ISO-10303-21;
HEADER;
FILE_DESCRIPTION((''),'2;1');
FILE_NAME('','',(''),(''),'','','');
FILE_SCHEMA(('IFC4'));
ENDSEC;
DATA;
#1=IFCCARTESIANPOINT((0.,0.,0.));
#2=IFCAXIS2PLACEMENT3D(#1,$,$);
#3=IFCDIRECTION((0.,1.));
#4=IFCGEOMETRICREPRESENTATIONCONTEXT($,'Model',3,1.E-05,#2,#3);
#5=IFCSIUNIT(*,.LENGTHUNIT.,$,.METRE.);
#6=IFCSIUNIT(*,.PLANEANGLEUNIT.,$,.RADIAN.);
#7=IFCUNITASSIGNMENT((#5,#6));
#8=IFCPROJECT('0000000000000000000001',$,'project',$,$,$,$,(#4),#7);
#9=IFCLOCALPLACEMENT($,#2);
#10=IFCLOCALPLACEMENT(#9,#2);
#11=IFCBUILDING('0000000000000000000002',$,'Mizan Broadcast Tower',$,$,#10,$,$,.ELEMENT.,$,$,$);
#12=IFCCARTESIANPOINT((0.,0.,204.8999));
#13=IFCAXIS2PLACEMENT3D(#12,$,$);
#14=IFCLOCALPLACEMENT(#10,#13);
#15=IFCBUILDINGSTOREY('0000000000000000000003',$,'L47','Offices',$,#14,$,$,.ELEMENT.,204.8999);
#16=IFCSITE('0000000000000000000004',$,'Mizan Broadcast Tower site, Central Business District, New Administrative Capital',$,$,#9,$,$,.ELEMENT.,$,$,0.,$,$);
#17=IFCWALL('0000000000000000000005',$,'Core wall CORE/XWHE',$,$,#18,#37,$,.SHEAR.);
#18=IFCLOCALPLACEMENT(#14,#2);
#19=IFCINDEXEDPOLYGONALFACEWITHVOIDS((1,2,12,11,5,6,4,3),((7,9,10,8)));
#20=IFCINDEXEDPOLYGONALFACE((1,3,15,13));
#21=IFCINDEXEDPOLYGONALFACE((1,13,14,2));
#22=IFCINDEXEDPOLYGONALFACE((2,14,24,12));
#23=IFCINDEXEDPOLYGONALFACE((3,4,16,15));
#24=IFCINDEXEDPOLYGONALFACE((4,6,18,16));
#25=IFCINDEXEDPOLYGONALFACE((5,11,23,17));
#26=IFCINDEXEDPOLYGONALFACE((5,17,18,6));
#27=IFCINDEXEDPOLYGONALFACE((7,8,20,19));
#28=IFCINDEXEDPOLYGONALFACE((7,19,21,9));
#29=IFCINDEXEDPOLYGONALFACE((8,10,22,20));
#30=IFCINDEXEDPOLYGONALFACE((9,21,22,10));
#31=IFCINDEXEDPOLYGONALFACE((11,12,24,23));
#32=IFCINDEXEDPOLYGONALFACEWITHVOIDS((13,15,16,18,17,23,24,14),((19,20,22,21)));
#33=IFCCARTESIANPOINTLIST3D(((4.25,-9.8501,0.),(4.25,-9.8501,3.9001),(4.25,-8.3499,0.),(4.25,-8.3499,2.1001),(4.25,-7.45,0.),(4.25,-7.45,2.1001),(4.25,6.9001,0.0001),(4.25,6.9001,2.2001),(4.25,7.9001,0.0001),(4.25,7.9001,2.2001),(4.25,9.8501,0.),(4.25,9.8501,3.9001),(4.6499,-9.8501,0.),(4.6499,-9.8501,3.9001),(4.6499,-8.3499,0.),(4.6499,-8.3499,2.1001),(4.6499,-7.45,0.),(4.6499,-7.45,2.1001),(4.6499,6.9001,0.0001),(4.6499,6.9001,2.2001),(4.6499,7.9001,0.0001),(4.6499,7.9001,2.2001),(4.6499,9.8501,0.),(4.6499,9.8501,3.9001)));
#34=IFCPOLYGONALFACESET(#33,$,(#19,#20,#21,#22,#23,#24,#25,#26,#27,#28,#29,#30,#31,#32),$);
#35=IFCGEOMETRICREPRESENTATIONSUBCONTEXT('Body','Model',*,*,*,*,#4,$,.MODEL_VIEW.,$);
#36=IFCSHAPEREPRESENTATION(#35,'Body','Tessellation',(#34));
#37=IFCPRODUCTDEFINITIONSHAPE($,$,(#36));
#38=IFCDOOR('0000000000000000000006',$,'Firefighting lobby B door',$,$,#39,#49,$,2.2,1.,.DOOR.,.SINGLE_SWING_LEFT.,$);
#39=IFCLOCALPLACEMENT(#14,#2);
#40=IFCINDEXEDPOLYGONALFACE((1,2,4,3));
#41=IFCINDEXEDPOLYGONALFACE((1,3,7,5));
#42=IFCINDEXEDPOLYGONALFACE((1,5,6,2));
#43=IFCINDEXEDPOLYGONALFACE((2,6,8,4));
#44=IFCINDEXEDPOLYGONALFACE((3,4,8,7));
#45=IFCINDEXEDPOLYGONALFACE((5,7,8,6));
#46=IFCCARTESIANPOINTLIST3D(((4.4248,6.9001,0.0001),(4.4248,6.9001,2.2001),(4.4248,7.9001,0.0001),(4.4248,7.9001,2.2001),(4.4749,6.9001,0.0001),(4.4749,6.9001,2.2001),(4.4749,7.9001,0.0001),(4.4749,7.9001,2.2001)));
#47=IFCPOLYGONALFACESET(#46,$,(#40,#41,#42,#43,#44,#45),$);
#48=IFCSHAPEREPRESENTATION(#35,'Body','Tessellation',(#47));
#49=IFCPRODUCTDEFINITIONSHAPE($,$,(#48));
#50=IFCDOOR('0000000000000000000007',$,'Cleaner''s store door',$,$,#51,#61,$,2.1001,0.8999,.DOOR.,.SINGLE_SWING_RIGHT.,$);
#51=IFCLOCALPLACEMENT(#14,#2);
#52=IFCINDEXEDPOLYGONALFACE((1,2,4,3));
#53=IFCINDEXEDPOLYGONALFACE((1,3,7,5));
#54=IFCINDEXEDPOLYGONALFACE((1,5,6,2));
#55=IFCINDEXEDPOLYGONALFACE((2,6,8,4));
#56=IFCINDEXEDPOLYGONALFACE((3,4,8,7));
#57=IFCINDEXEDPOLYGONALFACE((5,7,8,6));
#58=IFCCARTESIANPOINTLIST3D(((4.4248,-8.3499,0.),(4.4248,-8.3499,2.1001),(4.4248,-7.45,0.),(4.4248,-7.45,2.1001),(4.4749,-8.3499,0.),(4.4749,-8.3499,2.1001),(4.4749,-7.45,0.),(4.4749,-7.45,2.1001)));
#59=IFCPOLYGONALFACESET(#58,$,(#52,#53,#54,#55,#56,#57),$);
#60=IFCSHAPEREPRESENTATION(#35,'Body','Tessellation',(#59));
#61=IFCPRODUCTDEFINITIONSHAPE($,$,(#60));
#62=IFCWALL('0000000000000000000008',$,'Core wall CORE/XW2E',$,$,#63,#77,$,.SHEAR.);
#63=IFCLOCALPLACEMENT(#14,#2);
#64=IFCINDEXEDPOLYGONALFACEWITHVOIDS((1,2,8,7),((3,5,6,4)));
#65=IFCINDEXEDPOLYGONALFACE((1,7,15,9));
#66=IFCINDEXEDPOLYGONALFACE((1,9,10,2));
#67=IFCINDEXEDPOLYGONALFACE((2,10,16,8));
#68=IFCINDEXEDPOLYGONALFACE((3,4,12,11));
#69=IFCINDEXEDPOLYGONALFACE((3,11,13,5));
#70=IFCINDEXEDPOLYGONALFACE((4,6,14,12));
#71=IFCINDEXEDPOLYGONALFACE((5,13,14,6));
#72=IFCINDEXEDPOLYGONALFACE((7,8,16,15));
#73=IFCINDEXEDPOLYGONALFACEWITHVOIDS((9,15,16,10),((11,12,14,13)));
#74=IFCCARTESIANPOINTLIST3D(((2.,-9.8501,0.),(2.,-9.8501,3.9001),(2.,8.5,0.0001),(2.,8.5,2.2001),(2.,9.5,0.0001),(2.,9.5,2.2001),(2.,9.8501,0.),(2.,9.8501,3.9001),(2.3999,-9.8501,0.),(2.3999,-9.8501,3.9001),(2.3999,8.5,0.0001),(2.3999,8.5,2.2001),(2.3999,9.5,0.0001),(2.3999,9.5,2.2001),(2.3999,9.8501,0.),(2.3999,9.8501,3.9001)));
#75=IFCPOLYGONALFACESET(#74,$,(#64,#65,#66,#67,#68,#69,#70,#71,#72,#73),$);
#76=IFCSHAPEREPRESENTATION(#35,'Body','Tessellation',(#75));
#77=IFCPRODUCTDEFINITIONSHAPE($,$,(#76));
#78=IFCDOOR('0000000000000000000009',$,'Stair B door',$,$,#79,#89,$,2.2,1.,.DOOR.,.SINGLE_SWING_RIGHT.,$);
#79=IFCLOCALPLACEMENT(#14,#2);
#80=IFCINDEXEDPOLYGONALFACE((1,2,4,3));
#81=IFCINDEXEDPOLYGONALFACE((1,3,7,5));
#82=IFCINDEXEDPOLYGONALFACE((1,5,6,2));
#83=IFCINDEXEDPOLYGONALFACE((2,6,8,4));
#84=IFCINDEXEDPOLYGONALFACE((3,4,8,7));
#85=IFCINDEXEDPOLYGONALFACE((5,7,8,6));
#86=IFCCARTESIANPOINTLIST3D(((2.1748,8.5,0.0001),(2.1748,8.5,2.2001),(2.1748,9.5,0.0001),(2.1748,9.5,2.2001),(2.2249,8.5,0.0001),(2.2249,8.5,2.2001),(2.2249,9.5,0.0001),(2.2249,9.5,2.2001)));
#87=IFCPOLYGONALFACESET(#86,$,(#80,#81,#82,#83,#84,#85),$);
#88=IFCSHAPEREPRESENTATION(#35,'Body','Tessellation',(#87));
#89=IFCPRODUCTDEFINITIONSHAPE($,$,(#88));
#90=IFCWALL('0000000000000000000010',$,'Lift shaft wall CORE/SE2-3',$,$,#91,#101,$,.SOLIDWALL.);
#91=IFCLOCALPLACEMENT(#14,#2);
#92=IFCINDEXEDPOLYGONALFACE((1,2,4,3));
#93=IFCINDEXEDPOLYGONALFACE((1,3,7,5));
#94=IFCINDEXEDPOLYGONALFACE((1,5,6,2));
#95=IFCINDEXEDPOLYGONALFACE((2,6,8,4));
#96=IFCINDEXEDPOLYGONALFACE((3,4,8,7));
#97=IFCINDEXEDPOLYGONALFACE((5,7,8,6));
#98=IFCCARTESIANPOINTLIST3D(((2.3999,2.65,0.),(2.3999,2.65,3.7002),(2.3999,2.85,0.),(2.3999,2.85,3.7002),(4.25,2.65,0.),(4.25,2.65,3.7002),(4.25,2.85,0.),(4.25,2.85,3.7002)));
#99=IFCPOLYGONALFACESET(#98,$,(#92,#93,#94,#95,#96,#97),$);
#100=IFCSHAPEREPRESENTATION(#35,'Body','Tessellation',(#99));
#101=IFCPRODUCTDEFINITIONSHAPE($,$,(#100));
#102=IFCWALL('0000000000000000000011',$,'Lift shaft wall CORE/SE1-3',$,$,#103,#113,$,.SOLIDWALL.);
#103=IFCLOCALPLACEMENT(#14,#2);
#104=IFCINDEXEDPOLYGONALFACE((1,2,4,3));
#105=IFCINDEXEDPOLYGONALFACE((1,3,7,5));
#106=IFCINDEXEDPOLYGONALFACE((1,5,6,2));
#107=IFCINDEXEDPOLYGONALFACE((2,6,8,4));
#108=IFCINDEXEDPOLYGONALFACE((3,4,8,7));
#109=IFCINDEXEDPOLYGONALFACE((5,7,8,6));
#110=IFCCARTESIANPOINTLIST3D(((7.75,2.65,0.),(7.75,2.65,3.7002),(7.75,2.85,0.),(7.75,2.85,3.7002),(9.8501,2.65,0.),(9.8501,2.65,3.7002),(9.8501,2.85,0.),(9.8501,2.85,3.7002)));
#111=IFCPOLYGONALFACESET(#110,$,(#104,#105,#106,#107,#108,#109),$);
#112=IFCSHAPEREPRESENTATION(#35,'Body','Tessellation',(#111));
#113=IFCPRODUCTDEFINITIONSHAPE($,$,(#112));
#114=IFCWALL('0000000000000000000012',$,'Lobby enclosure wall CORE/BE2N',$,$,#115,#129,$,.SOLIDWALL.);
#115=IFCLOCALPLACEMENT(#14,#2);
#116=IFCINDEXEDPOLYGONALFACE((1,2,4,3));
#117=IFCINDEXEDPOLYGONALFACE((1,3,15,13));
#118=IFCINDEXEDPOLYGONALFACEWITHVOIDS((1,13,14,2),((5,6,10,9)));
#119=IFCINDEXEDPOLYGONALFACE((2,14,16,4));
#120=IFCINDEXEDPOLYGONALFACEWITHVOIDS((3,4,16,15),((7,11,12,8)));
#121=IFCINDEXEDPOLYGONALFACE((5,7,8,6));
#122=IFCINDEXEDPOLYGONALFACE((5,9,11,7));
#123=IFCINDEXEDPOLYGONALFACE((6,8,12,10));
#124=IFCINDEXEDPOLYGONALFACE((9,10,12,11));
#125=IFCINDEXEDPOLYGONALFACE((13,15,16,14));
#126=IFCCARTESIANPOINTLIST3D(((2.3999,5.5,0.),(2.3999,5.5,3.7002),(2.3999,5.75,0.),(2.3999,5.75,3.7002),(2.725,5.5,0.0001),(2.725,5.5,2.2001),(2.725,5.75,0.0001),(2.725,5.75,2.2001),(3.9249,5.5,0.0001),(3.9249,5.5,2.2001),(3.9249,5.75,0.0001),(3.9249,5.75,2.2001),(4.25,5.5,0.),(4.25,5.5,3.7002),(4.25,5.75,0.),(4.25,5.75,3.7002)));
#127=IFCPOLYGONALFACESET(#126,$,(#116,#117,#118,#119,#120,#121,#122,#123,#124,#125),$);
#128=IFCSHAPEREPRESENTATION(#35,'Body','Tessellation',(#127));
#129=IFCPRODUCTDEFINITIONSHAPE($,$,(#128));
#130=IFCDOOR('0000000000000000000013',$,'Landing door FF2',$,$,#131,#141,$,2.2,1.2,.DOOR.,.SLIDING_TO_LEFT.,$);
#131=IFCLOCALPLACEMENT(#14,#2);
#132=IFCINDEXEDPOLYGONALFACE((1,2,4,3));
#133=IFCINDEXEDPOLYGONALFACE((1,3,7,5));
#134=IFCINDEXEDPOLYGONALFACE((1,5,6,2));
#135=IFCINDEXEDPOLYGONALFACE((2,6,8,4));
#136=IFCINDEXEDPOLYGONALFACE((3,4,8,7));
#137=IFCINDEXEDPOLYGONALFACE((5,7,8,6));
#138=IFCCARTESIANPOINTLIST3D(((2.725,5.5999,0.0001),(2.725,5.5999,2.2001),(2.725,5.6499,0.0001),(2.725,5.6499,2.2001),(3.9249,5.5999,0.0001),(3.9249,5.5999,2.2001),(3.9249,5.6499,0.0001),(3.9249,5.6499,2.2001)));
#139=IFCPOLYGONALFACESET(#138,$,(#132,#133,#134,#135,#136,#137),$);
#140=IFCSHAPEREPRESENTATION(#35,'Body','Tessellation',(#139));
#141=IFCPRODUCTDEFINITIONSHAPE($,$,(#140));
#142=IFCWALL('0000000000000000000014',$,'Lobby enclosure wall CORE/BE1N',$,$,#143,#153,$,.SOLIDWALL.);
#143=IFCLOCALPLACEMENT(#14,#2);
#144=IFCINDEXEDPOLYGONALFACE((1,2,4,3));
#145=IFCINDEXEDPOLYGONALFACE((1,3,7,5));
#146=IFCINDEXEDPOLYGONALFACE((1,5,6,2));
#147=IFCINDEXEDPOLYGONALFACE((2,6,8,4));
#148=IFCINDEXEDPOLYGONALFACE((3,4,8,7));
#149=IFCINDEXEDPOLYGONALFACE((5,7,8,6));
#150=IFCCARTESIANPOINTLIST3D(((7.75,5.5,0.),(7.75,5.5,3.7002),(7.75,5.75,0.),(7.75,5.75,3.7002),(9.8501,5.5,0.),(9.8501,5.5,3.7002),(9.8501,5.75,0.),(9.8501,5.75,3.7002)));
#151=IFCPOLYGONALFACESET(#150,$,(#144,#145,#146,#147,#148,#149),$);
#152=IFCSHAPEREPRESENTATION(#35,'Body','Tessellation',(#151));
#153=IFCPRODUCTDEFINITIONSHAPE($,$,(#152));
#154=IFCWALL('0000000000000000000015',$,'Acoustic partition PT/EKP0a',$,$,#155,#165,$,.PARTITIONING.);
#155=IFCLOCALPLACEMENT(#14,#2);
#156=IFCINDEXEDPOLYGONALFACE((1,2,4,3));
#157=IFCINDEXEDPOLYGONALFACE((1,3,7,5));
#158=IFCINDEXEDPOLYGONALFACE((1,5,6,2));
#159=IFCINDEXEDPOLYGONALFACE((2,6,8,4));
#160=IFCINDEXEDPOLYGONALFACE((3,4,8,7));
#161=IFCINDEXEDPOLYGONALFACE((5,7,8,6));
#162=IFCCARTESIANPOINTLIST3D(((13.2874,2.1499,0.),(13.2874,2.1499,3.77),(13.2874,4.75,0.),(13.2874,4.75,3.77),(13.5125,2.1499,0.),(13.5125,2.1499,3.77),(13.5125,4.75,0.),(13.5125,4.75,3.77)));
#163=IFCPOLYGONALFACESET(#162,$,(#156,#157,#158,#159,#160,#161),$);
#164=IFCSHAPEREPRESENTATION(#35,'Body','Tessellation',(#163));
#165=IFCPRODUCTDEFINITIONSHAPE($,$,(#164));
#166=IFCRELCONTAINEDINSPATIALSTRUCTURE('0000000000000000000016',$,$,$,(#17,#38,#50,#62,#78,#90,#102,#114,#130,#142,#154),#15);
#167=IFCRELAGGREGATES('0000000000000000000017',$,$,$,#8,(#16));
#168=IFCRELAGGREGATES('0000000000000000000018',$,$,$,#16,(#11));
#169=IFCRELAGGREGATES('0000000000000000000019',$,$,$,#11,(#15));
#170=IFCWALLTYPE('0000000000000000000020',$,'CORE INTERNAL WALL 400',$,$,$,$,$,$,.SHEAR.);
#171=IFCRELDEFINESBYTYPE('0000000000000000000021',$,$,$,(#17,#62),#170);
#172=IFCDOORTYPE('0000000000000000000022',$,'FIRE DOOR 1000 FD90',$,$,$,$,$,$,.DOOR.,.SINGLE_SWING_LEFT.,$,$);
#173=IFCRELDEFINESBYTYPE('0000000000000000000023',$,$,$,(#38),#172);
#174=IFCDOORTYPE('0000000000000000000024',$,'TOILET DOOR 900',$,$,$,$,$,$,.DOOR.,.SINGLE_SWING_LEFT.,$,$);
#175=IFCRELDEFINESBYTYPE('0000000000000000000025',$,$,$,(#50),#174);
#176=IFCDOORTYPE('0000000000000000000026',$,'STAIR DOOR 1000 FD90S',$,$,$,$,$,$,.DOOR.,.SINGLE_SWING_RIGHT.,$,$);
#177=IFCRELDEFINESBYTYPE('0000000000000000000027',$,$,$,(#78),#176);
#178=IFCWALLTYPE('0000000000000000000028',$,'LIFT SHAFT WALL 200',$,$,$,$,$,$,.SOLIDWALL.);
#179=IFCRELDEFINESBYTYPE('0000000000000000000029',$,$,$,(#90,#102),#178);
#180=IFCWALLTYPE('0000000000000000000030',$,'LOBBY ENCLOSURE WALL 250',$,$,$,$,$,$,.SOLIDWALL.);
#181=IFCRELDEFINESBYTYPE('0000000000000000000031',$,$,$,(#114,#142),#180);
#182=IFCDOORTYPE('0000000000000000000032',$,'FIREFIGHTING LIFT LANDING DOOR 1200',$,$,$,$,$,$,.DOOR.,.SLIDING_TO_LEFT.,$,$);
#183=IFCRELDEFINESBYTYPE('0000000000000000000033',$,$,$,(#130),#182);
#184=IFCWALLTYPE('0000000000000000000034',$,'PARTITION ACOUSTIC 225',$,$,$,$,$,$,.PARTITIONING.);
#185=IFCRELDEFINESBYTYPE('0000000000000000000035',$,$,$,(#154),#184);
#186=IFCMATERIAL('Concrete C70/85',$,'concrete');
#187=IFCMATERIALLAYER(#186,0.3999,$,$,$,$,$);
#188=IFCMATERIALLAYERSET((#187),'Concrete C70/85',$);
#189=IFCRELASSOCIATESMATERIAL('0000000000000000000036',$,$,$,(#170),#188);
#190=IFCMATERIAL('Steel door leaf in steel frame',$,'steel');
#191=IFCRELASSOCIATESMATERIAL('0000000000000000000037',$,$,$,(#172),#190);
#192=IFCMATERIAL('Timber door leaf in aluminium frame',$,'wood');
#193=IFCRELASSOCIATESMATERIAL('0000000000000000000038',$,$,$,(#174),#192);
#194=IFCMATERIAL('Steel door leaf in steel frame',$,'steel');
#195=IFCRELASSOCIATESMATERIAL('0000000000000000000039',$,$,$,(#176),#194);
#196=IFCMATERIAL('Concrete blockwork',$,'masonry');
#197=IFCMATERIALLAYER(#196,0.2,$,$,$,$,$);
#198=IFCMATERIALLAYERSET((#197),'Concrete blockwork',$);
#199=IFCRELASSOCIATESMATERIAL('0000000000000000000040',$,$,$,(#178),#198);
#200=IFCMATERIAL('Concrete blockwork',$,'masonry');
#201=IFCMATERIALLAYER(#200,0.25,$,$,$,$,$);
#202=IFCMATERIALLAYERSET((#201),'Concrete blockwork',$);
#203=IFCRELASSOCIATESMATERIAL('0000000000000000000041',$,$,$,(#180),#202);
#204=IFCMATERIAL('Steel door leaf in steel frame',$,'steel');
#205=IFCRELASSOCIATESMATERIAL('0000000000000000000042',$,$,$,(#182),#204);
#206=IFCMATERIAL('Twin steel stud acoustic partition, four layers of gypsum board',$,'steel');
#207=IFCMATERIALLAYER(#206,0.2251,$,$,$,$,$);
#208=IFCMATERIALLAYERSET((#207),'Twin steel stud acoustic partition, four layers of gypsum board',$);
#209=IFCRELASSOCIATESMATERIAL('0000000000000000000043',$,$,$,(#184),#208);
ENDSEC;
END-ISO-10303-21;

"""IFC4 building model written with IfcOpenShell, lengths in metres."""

from ifc_helpers import new_model, si_unit, direction, frame, frame_2d, origin, place, context, subcontext, project, spatial, rectangle, extrude, material, layer, layer_set, type_object, element, fill, save


model = new_model("IFC4")

# Units and contexts
model_context = context("Model", 3, precision=1e-05, world=origin(), true_north=direction((0.0, 1.0)))
body_context = subcontext(model_context, "Body", "Model", "MODEL_VIEW")
ifc_project = project(units=[si_unit("LENGTHUNIT", "METRE"), si_unit("PLANEANGLEUNIT", "RADIAN")], contexts=[model_context])

# Site, building, storey
site_placement = place(None, origin())
site = spatial("IfcSite", under=ifc_project, at=site_placement, Name="Mizan Broadcast Tower site, Central Business District, New Administrative Capital", CompositionType="ELEMENT", RefElevation=0.0)
building_placement = place(site_placement, origin())
building = spatial("IfcBuilding", under=site, at=building_placement, Name="Mizan Broadcast Tower", CompositionType="ELEMENT")
storey_placement = place(building_placement, frame((0.0, 0.0, 204.8999)))
storey = spatial("IfcBuildingStorey", under=building, at=storey_placement, Name="L47", Description="Offices", CompositionType="ELEMENT", Elevation=204.8999)

# Wall, openings, doors
ifc_material_1 = material(Name="Concrete C70/85", Category="concrete")
ifc_layer_1 = layer(ifc_material_1, 0.3999)
ifc_layer_set_1 = layer_set([ifc_layer_1], Name="Concrete C70/85")
wall_type_1 = type_object("IfcWallType", Name="CORE INTERNAL WALL 400", PredefinedType="SHEAR", material=ifc_layer_set_1)
ifc_material_2 = material(Name="Steel door leaf in steel frame", Category="steel")
door_type_1 = type_object("IfcDoorType", Name="FIRE DOOR 1000 FD90", OperationType="SINGLE_SWING_LEFT", PredefinedType="DOOR", material=ifc_material_2)
ifc_material_3 = material(Name="Timber door leaf in aluminium frame", Category="wood")
door_type_2 = type_object("IfcDoorType", Name="TOILET DOOR 900", OperationType="SINGLE_SWING_LEFT", PredefinedType="DOOR", material=ifc_material_3)
wall_1_placement = place(storey_placement, frame((4.45, 9.8501, 0.0), z_axis=(0.0, 0.0, 1.0), x_axis=(0.0, -1.0, 0.0)))
wall_1 = element("IfcWall", 1, at=wall_1_placement, inside=storey, type_object=wall_type_1, Name="Core wall CORE/XWHE", PredefinedType="SHEAR", context=body_context, shape_type="SweptSolid", body=[
    extrude(rectangle(XDim=19.7002, YDim=0.3999, at=frame_2d((9.8501, 0.0))), origin(), (0.0, 0.0, 1.0), 3.9001),
])
opening_1_placement = place(wall_1_placement, frame((1.95, 0.0, 0.0)))
opening_1 = element("IfcOpeningElement", 2, at=opening_1_placement, cuts=wall_1, PredefinedType="OPENING", context=body_context, shape_type="SweptSolid", body=[
    extrude(rectangle(XDim=1.0, YDim=2.2, at=frame_2d((0.5, 1.1001))), frame((0.0, 0.21, 0.0), z_axis=(0.0, -1.0, 0.0), x_axis=(1.0, 0.0, 0.0)), (0.0, 0.0, 1.0), 0.4199),
])
opening_2_placement = place(wall_1_placement, frame((17.3, 0.0, 0.0)))
opening_2 = element("IfcOpeningElement", 3, at=opening_2_placement, cuts=wall_1, PredefinedType="OPENING", context=body_context, shape_type="SweptSolid", body=[
    extrude(rectangle(XDim=0.8999, YDim=2.1001, at=frame_2d((0.45, 1.05))), frame((0.0, 0.21, 0.0), z_axis=(0.0, -1.0, 0.0), x_axis=(1.0, 0.0, 0.0)), (0.0, 0.0, 1.0), 0.4199),
])
door_1_placement = place(opening_1_placement, origin())
door_1 = element("IfcDoor", 4, at=door_1_placement, inside=storey, type_object=door_type_1, Name="Firefighting lobby B door", OperationType="SINGLE_SWING_LEFT", OverallHeight=2.2, OverallWidth=1.0, PredefinedType="DOOR", context=body_context, shape_type="SweptSolid", body=[
    extrude(rectangle(XDim=1.0, YDim=2.2, at=frame_2d((0.5, 1.1001))), frame((0.0, 0.0249, 0.0), z_axis=(0.0, -1.0, 0.0), x_axis=(1.0, 0.0, 0.0)), (0.0, 0.0, 1.0), 0.05),
])
fill(opening_1, door_1)
door_2_placement = place(opening_2_placement, origin())
door_2 = element("IfcDoor", 5, at=door_2_placement, inside=storey, type_object=door_type_2, Name="Cleaner's store door", OperationType="SINGLE_SWING_RIGHT", OverallHeight=2.1001, OverallWidth=0.8999, PredefinedType="DOOR", context=body_context, shape_type="SweptSolid", body=[
    extrude(rectangle(XDim=0.8999, YDim=2.1001, at=frame_2d((0.45, 1.05))), frame((0.0, 0.0249, 0.0), z_axis=(0.0, -1.0, 0.0), x_axis=(1.0, 0.0, 0.0)), (0.0, 0.0, 1.0), 0.05),
])
fill(opening_2, door_2)

# Wall, opening, door
wall_2_placement = place(storey_placement, frame((2.2, 9.8501, 0.0), z_axis=(0.0, 0.0, 1.0), x_axis=(0.0, -1.0, 0.0)))
wall_2 = element("IfcWall", 6, at=wall_2_placement, inside=storey, type_object=wall_type_1, Name="Core wall CORE/XW2E", PredefinedType="SHEAR", context=body_context, shape_type="SweptSolid", body=[
    extrude(rectangle(XDim=19.7002, YDim=0.3999, at=frame_2d((9.8501, 0.0))), origin(), (0.0, 0.0, 1.0), 3.9001),
])
opening_3_placement = place(wall_2_placement, frame((0.3501, 0.0, 0.0)))
opening_3 = element("IfcOpeningElement", 7, at=opening_3_placement, cuts=wall_2, PredefinedType="OPENING", context=body_context, shape_type="SweptSolid", body=[
    extrude(rectangle(XDim=1.0, YDim=2.2, at=frame_2d((0.5, 1.1001))), frame((0.0, 0.21, 0.0), z_axis=(0.0, -1.0, 0.0), x_axis=(1.0, 0.0, 0.0)), (0.0, 0.0, 1.0), 0.4199),
])
ifc_material_4 = material(Name="Steel door leaf in steel frame", Category="steel")
door_type_3 = type_object("IfcDoorType", Name="STAIR DOOR 1000 FD90S", OperationType="SINGLE_SWING_RIGHT", PredefinedType="DOOR", material=ifc_material_4)
door_3_placement = place(opening_3_placement, origin())
door_3 = element("IfcDoor", 8, at=door_3_placement, inside=storey, type_object=door_type_3, Name="Stair B door", OperationType="SINGLE_SWING_RIGHT", OverallHeight=2.2, OverallWidth=1.0, PredefinedType="DOOR", context=body_context, shape_type="SweptSolid", body=[
    extrude(rectangle(XDim=1.0, YDim=2.2, at=frame_2d((0.5, 1.1001))), frame((0.0, 0.0249, 0.0), z_axis=(0.0, -1.0, 0.0), x_axis=(1.0, 0.0, 0.0)), (0.0, 0.0, 1.0), 0.05),
])
fill(opening_3, door_3)

# Walls
ifc_material_5 = material(Name="Concrete blockwork", Category="masonry")
ifc_layer_2 = layer(ifc_material_5, 0.2)
ifc_layer_set_2 = layer_set([ifc_layer_2], Name="Concrete blockwork")
wall_type_2 = type_object("IfcWallType", Name="LIFT SHAFT WALL 200", PredefinedType="SOLIDWALL", material=ifc_layer_set_2)
wall_3_placement = place(storey_placement, frame((2.3999, 2.75, 0.0), z_axis=(0.0, 0.0, 1.0), x_axis=(1.0, 0.0, 0.0)))
element("IfcWall", 9, at=wall_3_placement, inside=storey, type_object=wall_type_2, Name="Lift shaft wall CORE/SE2-3", PredefinedType="SOLIDWALL", context=body_context, shape_type="SweptSolid", body=[
    extrude(rectangle(XDim=1.8501, YDim=0.2, at=frame_2d((0.925, 0.0))), origin(), (0.0, 0.0, 1.0), 3.7002),
])
wall_4_placement = place(storey_placement, frame((7.75, 2.75, 0.0), z_axis=(0.0, 0.0, 1.0), x_axis=(1.0, 0.0, 0.0)))
element("IfcWall", 10, at=wall_4_placement, inside=storey, type_object=wall_type_2, Name="Lift shaft wall CORE/SE1-3", PredefinedType="SOLIDWALL", context=body_context, shape_type="SweptSolid", body=[
    extrude(rectangle(XDim=2.1001, YDim=0.2, at=frame_2d((1.05, 0.0))), origin(), (0.0, 0.0, 1.0), 3.7002),
])

# Wall, opening, door
ifc_material_6 = material(Name="Concrete blockwork", Category="masonry")
ifc_layer_3 = layer(ifc_material_6, 0.25)
ifc_layer_set_3 = layer_set([ifc_layer_3], Name="Concrete blockwork")
wall_type_3 = type_object("IfcWallType", Name="LOBBY ENCLOSURE WALL 250", PredefinedType="SOLIDWALL", material=ifc_layer_set_3)
wall_5_placement = place(storey_placement, frame((2.3999, 5.625, 0.0), z_axis=(0.0, 0.0, 1.0), x_axis=(1.0, 0.0, 0.0)))
wall_5 = element("IfcWall", 11, at=wall_5_placement, inside=storey, type_object=wall_type_3, Name="Lobby enclosure wall CORE/BE2N", PredefinedType="SOLIDWALL", context=body_context, shape_type="SweptSolid", body=[
    extrude(rectangle(XDim=1.8501, YDim=0.25, at=frame_2d((0.925, 0.0))), origin(), (0.0, 0.0, 1.0), 3.7002),
])
opening_4_placement = place(wall_5_placement, frame((0.325, 0.0, 0.0)))
opening_4 = element("IfcOpeningElement", 12, at=opening_4_placement, cuts=wall_5, PredefinedType="OPENING", context=body_context, shape_type="SweptSolid", body=[
    extrude(rectangle(XDim=1.2, YDim=2.2, at=frame_2d((0.6001, 1.1001))), frame((0.0, 0.135, 0.0), z_axis=(0.0, -1.0, 0.0), x_axis=(1.0, 0.0, 0.0)), (0.0, 0.0, 1.0), 0.27),
])
ifc_material_7 = material(Name="Steel door leaf in steel frame", Category="steel")
door_type_4 = type_object("IfcDoorType", Name="FIREFIGHTING LIFT LANDING DOOR 1200", OperationType="SLIDING_TO_LEFT", PredefinedType="DOOR", material=ifc_material_7)
door_4_placement = place(opening_4_placement, origin())
door_4 = element("IfcDoor", 13, at=door_4_placement, inside=storey, type_object=door_type_4, Name="Landing door FF2", OperationType="SLIDING_TO_LEFT", OverallHeight=2.2, OverallWidth=1.2, PredefinedType="DOOR", context=body_context, shape_type="SweptSolid", body=[
    extrude(rectangle(XDim=1.2, YDim=2.2, at=frame_2d((0.6001, 1.1001))), frame((0.0, 0.0249, 0.0), z_axis=(0.0, -1.0, 0.0), x_axis=(1.0, 0.0, 0.0)), (0.0, 0.0, 1.0), 0.05),
])
fill(opening_4, door_4)

# Walls
wall_6_placement = place(storey_placement, frame((7.75, 5.625, 0.0), z_axis=(0.0, 0.0, 1.0), x_axis=(1.0, 0.0, 0.0)))
element("IfcWall", 14, at=wall_6_placement, inside=storey, type_object=wall_type_3, Name="Lobby enclosure wall CORE/BE1N", PredefinedType="SOLIDWALL", context=body_context, shape_type="SweptSolid", body=[
    extrude(rectangle(XDim=2.1001, YDim=0.25, at=frame_2d((1.05, 0.0))), origin(), (0.0, 0.0, 1.0), 3.7002),
])
ifc_material_8 = material(Name="Twin steel stud acoustic partition, four layers of gypsum board", Category="steel")
ifc_layer_4 = layer(ifc_material_8, 0.2251)
ifc_layer_set_4 = layer_set([ifc_layer_4], Name="Twin steel stud acoustic partition, four layers of gypsum board")
wall_type_4 = type_object("IfcWallType", Name="PARTITION ACOUSTIC 225", PredefinedType="PARTITIONING", material=ifc_layer_set_4)
wall_7_placement = place(storey_placement, frame((13.3999, 2.1499, 0.0), z_axis=(0.0, 0.0, 1.0), x_axis=(0.0, 1.0, 0.0)))
element("IfcWall", 15, at=wall_7_placement, inside=storey, type_object=wall_type_4, Name="Acoustic partition PT/EKP0a", PredefinedType="PARTITIONING", context=body_context, shape_type="SweptSolid", body=[
    extrude(rectangle(XDim=2.6001, YDim=0.2251, at=frame_2d((1.3, 0.0))), origin(), (0.0, 0.0, 1.0), 3.77),
])

save(model, "model.ifc")
